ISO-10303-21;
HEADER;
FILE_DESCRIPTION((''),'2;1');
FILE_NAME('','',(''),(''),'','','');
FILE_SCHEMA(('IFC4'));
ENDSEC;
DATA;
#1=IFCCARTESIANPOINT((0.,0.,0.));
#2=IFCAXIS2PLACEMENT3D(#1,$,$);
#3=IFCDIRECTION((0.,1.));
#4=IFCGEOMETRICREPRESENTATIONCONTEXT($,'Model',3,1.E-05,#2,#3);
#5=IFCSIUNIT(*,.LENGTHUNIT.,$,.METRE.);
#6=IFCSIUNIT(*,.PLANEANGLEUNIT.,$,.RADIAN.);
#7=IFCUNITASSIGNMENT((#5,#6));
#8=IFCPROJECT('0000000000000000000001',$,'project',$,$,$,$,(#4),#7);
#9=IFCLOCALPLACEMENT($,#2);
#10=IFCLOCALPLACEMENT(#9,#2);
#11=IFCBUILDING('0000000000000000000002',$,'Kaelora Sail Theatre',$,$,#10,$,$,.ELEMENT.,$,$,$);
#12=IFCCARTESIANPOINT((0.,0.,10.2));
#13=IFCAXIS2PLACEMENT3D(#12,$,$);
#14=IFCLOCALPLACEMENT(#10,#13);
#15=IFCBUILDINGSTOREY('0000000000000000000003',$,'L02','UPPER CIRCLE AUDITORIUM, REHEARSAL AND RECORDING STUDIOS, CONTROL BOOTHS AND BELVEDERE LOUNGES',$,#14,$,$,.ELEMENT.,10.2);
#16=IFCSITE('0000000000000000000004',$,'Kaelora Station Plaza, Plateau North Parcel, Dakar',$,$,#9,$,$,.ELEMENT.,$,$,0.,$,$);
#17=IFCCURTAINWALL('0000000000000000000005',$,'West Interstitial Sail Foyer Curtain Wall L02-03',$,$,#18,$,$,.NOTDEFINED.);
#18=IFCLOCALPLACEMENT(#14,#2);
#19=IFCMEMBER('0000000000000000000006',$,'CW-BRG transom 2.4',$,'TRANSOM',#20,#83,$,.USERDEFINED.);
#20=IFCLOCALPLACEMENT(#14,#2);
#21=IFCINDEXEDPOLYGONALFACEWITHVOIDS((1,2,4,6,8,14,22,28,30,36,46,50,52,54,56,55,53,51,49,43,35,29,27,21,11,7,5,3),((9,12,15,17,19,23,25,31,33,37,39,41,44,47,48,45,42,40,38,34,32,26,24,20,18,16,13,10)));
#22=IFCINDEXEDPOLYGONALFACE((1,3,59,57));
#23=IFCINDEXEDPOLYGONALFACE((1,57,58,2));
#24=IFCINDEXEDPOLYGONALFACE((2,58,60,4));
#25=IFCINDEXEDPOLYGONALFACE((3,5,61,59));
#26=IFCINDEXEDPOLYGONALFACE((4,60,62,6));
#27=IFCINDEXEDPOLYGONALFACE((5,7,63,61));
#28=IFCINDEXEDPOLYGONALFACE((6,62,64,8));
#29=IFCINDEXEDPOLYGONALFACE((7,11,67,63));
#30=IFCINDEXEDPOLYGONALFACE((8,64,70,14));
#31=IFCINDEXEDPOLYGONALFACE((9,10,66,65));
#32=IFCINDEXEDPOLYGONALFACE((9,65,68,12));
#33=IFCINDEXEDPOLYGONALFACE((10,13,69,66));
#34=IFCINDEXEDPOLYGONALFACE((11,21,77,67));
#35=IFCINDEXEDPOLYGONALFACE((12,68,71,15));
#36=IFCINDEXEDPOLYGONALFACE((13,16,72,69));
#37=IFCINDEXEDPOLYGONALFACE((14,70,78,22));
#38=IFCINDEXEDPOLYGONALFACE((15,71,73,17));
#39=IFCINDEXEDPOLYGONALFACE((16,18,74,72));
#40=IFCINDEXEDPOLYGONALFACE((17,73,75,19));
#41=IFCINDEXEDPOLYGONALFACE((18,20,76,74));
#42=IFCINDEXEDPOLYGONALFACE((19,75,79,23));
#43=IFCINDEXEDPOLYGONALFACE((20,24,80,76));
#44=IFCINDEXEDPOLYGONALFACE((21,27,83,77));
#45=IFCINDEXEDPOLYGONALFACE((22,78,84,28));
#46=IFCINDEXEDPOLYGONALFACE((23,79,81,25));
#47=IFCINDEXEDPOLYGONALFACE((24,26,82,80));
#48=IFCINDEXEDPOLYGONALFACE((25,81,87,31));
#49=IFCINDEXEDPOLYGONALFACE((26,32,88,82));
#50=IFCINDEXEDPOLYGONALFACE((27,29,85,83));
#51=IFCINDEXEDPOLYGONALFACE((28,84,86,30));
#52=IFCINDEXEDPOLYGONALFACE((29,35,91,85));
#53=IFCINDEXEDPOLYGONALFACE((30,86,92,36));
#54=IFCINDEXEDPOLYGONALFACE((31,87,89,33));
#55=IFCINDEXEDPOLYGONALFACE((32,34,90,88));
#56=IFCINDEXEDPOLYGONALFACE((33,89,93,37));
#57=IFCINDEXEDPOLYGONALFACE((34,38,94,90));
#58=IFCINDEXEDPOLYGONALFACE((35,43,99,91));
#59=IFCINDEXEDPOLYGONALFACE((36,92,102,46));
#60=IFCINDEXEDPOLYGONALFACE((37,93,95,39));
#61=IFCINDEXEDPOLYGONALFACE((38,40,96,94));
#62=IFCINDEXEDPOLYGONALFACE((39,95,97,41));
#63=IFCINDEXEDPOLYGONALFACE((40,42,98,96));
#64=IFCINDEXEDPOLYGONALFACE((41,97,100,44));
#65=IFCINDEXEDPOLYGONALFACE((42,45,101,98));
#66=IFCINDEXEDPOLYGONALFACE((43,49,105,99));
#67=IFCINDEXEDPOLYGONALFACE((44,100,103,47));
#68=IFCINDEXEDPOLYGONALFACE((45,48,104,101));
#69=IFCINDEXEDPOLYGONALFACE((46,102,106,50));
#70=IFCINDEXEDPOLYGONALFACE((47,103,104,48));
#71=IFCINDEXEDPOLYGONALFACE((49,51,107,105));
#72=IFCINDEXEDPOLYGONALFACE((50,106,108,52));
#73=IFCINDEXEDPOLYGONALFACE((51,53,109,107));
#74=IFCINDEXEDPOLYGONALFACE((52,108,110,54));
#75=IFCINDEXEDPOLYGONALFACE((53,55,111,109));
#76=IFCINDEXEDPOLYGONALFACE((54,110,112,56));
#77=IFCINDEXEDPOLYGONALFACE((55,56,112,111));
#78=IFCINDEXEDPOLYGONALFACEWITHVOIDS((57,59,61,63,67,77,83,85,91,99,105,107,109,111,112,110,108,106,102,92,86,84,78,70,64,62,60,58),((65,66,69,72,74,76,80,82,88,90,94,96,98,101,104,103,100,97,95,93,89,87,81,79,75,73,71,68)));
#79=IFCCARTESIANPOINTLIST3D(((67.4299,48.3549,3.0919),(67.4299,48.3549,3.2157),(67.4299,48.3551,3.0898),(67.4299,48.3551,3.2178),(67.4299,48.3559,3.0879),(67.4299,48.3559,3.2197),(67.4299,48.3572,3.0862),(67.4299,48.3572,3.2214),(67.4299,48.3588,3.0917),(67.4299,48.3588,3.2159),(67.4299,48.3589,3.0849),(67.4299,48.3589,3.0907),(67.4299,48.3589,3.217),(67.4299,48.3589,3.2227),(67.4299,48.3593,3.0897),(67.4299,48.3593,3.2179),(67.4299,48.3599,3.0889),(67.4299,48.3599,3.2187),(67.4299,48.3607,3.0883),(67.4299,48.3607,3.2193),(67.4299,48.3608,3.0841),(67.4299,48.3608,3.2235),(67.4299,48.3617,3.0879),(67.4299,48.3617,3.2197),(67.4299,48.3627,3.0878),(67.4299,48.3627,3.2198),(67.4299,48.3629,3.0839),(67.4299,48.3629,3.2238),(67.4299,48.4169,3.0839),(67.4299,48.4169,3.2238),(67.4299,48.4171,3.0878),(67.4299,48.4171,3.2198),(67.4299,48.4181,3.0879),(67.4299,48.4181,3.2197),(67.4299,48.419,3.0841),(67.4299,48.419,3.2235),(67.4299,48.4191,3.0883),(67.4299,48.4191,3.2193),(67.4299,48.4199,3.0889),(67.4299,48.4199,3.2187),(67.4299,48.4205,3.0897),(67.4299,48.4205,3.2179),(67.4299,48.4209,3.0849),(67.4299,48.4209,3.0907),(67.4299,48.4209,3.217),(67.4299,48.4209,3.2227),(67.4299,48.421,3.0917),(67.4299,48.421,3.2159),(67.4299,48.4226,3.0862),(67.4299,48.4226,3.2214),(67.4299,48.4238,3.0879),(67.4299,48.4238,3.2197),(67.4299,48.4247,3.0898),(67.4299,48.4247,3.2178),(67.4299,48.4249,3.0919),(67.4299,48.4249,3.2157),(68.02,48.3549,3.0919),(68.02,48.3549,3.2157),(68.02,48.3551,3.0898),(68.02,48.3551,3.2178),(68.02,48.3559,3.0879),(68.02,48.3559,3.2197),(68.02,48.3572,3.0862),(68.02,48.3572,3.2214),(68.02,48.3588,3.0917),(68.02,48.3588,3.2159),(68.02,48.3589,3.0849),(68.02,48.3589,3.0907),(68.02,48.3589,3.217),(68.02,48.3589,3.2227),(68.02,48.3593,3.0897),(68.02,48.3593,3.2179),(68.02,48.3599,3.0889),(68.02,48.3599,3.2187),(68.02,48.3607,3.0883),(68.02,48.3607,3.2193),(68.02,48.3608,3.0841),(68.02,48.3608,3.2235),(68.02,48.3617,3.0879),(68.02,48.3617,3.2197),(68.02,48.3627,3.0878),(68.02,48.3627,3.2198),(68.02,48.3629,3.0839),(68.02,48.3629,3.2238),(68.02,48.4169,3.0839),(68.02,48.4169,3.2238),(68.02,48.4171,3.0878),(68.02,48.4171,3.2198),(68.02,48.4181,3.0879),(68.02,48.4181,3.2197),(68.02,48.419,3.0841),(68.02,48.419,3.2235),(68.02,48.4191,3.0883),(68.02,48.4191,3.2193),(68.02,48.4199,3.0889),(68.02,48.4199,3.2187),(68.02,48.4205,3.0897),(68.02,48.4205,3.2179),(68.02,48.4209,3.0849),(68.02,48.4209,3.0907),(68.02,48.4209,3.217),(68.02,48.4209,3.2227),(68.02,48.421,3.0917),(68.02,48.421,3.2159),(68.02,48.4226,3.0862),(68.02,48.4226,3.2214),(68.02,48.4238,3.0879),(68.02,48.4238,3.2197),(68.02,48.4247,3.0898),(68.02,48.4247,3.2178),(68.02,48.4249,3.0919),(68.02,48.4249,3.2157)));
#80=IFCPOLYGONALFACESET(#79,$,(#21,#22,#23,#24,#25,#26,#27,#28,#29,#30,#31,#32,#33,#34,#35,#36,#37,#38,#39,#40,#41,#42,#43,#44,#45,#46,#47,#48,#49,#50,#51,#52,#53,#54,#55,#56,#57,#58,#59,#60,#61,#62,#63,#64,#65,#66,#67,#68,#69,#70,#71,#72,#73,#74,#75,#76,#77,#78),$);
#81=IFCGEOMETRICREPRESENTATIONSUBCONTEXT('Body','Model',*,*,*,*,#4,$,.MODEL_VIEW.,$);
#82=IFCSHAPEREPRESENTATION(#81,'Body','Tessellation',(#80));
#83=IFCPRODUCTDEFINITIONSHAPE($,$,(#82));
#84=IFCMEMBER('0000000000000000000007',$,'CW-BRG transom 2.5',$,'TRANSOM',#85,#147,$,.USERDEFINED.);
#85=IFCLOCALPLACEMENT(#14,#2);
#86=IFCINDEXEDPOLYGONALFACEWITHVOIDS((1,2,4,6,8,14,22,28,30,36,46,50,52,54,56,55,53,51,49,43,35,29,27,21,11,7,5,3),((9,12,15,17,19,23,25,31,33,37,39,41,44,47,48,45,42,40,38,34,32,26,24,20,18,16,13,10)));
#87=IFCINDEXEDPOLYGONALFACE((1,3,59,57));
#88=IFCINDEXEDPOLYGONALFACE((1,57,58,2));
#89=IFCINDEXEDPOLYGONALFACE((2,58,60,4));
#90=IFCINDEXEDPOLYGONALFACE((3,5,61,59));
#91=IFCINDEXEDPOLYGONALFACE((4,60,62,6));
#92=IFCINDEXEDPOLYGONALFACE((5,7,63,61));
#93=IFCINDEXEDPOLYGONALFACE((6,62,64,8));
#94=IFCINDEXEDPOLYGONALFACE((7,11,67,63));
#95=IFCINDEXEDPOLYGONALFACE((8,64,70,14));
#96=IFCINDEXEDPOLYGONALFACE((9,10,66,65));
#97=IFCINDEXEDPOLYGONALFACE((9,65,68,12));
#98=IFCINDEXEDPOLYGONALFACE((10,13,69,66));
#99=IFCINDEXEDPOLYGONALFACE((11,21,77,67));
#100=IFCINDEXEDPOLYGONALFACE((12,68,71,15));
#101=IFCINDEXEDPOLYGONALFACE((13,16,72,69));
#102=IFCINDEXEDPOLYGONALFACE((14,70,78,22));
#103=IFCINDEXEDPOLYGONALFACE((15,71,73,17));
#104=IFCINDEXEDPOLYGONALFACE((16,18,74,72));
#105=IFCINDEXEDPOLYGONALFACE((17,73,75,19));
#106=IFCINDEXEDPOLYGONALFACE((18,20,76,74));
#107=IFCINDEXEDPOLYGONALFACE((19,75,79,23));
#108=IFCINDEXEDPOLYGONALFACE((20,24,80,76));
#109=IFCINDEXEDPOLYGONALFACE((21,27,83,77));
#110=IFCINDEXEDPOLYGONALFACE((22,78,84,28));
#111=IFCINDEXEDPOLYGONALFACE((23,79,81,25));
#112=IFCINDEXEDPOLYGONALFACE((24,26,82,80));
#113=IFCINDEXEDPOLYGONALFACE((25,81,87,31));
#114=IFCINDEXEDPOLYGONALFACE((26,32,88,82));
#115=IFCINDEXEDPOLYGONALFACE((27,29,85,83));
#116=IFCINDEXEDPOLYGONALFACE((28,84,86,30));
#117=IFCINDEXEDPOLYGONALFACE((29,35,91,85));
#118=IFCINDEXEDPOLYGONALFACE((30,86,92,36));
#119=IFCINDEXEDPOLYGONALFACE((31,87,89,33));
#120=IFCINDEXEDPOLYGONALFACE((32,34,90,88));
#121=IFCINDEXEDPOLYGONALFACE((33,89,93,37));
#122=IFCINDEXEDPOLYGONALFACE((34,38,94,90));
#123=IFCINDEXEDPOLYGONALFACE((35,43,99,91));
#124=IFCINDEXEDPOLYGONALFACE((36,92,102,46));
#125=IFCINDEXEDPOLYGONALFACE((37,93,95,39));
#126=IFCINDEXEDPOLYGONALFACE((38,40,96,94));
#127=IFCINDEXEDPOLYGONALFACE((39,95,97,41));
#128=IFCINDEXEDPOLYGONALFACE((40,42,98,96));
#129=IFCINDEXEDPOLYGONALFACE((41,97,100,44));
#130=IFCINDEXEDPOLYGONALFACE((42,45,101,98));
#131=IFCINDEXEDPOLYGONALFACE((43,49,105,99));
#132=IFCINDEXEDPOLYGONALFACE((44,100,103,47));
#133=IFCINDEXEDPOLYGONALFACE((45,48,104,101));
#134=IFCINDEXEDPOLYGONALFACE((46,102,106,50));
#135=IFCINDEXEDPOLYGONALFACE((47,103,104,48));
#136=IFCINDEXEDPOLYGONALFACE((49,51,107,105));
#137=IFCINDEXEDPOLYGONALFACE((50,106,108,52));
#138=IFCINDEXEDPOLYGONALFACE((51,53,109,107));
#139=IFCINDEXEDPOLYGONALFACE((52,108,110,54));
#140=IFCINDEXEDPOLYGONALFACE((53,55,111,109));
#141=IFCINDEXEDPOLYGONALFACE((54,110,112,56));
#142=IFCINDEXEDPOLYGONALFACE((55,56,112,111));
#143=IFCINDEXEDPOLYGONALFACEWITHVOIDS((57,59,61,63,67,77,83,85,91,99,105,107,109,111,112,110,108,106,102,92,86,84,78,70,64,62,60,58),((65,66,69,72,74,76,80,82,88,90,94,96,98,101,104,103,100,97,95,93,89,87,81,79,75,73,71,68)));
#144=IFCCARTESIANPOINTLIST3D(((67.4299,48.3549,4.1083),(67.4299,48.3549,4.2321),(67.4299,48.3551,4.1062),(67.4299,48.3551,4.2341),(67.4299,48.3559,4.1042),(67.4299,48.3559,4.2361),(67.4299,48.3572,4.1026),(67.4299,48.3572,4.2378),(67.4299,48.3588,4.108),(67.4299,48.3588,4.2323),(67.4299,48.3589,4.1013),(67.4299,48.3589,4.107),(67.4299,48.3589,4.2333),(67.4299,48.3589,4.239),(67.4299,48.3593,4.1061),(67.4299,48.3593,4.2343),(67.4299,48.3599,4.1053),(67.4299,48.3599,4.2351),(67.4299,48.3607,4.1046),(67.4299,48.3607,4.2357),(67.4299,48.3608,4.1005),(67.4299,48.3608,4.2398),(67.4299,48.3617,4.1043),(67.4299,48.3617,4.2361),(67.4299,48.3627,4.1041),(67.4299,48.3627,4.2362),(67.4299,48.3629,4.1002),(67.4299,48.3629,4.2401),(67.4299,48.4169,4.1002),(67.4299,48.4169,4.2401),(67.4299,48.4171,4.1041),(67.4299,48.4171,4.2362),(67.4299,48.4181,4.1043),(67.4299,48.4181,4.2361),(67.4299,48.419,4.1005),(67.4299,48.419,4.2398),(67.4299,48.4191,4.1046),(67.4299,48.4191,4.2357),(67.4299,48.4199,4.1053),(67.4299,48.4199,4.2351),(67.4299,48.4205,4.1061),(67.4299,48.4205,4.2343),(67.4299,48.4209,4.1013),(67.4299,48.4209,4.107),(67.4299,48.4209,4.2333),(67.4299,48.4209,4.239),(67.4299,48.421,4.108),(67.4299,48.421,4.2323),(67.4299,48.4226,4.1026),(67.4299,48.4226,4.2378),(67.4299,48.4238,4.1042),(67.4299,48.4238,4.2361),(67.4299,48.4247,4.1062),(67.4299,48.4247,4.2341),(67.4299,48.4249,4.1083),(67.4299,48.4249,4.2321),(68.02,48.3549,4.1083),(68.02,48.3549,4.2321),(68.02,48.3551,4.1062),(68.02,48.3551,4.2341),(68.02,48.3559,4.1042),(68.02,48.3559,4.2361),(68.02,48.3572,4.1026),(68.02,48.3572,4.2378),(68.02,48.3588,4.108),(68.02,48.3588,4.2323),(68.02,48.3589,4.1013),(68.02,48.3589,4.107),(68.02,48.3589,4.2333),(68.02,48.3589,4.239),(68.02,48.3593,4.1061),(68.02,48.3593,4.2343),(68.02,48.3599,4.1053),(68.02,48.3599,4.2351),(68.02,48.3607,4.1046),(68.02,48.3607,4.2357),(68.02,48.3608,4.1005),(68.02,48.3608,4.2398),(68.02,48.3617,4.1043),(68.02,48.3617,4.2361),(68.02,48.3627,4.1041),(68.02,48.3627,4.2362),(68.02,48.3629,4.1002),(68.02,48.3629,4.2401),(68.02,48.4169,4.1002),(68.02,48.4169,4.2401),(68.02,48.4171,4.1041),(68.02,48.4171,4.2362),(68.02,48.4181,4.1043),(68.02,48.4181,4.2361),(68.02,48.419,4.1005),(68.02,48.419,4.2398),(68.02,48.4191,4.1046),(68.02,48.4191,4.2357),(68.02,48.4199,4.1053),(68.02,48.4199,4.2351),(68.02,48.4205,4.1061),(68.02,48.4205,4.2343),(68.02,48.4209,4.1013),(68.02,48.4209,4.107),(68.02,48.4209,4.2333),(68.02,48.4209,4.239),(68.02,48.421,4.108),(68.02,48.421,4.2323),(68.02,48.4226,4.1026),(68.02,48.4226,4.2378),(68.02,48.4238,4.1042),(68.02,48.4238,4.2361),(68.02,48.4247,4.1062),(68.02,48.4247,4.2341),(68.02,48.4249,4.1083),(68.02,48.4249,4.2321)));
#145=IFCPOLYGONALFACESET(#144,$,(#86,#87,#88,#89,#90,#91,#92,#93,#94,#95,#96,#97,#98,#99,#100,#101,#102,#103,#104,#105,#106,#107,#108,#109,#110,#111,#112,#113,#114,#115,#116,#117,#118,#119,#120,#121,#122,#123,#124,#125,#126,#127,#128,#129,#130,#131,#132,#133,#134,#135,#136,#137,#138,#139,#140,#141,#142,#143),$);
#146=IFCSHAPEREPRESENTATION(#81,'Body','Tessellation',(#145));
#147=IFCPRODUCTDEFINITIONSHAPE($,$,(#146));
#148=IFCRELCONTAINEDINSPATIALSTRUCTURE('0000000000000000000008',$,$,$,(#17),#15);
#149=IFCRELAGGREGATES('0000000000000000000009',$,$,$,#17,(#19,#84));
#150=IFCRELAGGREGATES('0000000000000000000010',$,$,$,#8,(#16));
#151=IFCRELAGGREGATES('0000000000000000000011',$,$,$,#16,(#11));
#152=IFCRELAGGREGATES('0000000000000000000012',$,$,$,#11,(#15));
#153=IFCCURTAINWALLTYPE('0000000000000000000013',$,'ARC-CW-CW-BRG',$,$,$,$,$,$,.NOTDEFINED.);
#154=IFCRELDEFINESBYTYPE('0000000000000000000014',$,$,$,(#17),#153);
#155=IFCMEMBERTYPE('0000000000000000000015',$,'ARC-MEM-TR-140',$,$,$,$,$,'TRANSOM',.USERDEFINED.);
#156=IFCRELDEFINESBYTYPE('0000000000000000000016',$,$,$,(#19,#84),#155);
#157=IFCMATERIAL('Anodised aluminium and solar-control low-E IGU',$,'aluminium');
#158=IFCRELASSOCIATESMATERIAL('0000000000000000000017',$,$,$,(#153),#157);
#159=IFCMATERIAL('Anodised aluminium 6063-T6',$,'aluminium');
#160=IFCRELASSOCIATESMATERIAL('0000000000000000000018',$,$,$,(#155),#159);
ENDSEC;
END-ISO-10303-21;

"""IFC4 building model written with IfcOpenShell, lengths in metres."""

from ifc_helpers import new_model, si_unit, direction, frame, origin, origin_2d, place, context, subcontext, project, spatial, hollow_rectangle, extrude, material, material_profile, profile_set, type_object, element, aggregate, save


model = new_model("IFC4")

# Units and contexts
model_context = context("Model", 3, precision=1e-05, world=origin(), true_north=direction((0.0, 1.0)))
body_context = subcontext(model_context, "Body", "Model", "MODEL_VIEW")
ifc_project = project(units=[si_unit("LENGTHUNIT", "METRE"), si_unit("PLANEANGLEUNIT", "RADIAN")], contexts=[model_context])

# Site, building, storey
site_placement = place(None, origin())
site = spatial("IfcSite", under=ifc_project, at=site_placement, Name="Kaelora Station Plaza, Plateau North Parcel, Dakar", CompositionType="ELEMENT", RefElevation=0.0)
building_placement = place(site_placement, origin())
building = spatial("IfcBuilding", under=site, at=building_placement, Name="Kaelora Sail Theatre", CompositionType="ELEMENT")
storey_placement = place(building_placement, frame((0.0, 0.0, 10.2)))
storey = spatial("IfcBuildingStorey", under=building, at=storey_placement, Name="L02", Description="UPPER CIRCLE AUDITORIUM, REHEARSAL AND RECORDING STUDIOS, CONTROL BOOTHS AND BELVEDERE LOUNGES", CompositionType="ELEMENT", Elevation=10.2)

# Shared definitions
ifc_material_1 = material(Name="Anodised aluminium and solar-control low-E IGU", Category="aluminium")
curtain_wall_type = type_object("IfcCurtainWallType", Name="ARC-CW-CW-BRG", PredefinedType="NOTDEFINED", material=ifc_material_1)

# Curtain wall, members
curtain_wall_1_placement = place(storey_placement, origin())
curtain_wall_1 = element("IfcCurtainWall", 1, at=curtain_wall_1_placement, inside=storey, type_object=curtain_wall_type, Name="West Interstitial Sail Foyer Curtain Wall L02-03", PredefinedType="NOTDEFINED")
ifc_material_2 = material(Name="Anodised aluminium 6063-T6", Category="aluminium")
ifc_material_profile_1 = material_profile(ifc_material_2, hollow_rectangle(XDim=0.0701, YDim=0.1399, WallThickness=0.0039, InnerFilletRadius=0.0039, OuterFilletRadius=0.0081, at=origin_2d()), Name="ALU-TRAN 70x140x4")
ifc_profile_set_1 = profile_set([ifc_material_profile_1], Name="Anodised aluminium 6063-T6")
member_type_1 = type_object("IfcMemberType", Name="ARC-MEM-TR-140", ElementType="TRANSOM", PredefinedType="USERDEFINED", material=ifc_profile_set_1)
member_1_placement = place(storey_placement, frame((67.4299, 48.3899, 3.1538), z_axis=(1.0, 0.0, 0.0), x_axis=(0.0, 1.0, 0.0)))
member_1 = element("IfcMember", 2, at=member_1_placement, type_object=member_type_1, Name="CW-BRG transom 2.4", ObjectType="TRANSOM", PredefinedType="USERDEFINED", context=body_context, shape_type="SweptSolid", body=[
    extrude(hollow_rectangle(XDim=0.0701, YDim=0.1399, WallThickness=0.0039, InnerFilletRadius=0.0039, OuterFilletRadius=0.0081, at=origin_2d()), origin(), (0.0, 0.0, 1.0), 0.5901),
])
member_2_placement = place(storey_placement, frame((67.4299, 48.3899, 4.1702), z_axis=(1.0, 0.0, 0.0), x_axis=(0.0, 1.0, 0.0)))
member_2 = element("IfcMember", 3, at=member_2_placement, type_object=member_type_1, Name="CW-BRG transom 2.5", ObjectType="TRANSOM", PredefinedType="USERDEFINED", context=body_context, shape_type="SweptSolid", body=[
    extrude(hollow_rectangle(XDim=0.0701, YDim=0.1399, WallThickness=0.0039, InnerFilletRadius=0.0039, OuterFilletRadius=0.0081, at=origin_2d()), origin(), (0.0, 0.0, 1.0), 0.5901),
])

aggregate(curtain_wall_1, [member_1, member_2])

save(model, "model.ifc")
